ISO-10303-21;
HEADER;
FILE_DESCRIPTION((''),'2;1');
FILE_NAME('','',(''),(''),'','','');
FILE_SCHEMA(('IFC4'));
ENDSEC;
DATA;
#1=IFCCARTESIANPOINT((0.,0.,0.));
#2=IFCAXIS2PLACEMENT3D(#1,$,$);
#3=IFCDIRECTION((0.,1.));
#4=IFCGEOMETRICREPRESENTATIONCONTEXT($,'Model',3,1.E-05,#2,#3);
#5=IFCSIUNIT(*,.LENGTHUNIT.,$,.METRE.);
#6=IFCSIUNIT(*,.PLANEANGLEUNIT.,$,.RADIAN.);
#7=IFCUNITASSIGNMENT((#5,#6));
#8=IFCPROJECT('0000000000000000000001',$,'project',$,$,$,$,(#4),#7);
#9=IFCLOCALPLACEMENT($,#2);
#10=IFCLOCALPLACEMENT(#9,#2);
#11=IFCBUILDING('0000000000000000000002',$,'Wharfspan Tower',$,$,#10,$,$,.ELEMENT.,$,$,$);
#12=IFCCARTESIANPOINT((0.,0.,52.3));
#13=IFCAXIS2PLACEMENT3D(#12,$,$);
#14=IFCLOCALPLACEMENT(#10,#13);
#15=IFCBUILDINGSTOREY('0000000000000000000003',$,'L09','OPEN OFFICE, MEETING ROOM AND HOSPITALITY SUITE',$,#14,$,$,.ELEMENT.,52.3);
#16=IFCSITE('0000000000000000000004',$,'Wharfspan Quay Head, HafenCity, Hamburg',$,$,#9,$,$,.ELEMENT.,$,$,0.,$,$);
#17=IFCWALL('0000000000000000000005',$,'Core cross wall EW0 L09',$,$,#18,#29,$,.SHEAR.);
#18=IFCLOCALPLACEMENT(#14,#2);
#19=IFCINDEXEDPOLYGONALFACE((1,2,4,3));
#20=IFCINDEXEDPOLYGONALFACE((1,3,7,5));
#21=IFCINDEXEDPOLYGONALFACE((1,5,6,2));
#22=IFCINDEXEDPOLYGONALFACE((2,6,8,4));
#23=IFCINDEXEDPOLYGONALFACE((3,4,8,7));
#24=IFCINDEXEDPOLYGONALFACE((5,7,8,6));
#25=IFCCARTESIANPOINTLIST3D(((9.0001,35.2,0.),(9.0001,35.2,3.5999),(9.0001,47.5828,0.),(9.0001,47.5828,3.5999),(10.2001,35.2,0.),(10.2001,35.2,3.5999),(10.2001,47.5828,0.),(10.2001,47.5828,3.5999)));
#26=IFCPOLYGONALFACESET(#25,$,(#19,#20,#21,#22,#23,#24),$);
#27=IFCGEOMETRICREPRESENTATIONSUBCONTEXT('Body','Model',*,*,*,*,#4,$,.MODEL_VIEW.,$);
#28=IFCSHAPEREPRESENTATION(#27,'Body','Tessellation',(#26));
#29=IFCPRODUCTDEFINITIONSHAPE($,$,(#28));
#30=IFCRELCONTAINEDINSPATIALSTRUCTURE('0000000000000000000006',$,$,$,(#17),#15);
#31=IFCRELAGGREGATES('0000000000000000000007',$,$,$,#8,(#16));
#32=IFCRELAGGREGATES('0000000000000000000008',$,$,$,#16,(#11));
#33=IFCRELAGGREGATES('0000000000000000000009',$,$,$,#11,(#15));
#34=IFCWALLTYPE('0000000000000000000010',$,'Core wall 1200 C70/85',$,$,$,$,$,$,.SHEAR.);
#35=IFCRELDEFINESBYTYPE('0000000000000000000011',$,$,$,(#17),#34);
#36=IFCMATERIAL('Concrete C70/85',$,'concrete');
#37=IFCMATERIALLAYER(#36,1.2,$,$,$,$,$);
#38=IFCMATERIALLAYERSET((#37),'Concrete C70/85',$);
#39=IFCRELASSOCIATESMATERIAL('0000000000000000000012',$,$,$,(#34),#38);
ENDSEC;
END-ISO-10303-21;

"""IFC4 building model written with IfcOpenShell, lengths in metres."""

from ifc_helpers import new_model, si_unit, direction, frame, frame_2d, origin, place, context, subcontext, project, spatial, rectangle, extrude, material, layer, layer_set, type_object, element, save


model = new_model("IFC4")

# Units and contexts
model_context = context("Model", 3, precision=1e-05, world=origin(), true_north=direction((0.0, 1.0)))
body_context = subcontext(model_context, "Body", "Model", "MODEL_VIEW")
ifc_project = project(units=[si_unit("LENGTHUNIT", "METRE"), si_unit("PLANEANGLEUNIT", "RADIAN")], contexts=[model_context])

# Site, building, storey
site_placement = place(None, origin())
site = spatial("IfcSite", under=ifc_project, at=site_placement, Name="Wharfspan Quay Head, HafenCity, Hamburg", CompositionType="ELEMENT", RefElevation=0.0)
building_placement = place(site_placement, origin())
building = spatial("IfcBuilding", under=site, at=building_placement, Name="Wharfspan Tower", CompositionType="ELEMENT")
storey_placement = place(building_placement, frame((0.0, 0.0, 52.3)))
storey = spatial("IfcBuildingStorey", under=building, at=storey_placement, Name="L09", Description="OPEN OFFICE, MEETING ROOM AND HOSPITALITY SUITE", CompositionType="ELEMENT", Elevation=52.3)

# Shared definitions
ifc_material_1 = material(Name="Concrete C70/85", Category="concrete")
ifc_layer = layer(ifc_material_1, 1.2)
ifc_layer_set = layer_set([ifc_layer], Name="Concrete C70/85")
wall_type = type_object("IfcWallType", Name="Core wall 1200 C70/85", PredefinedType="SHEAR", material=ifc_layer_set)

# Wall
wall_1_placement = place(storey_placement, frame((9.6001, 35.2, 0.0), z_axis=(0.0, 0.0, 1.0), x_axis=(0.0, 1.0, 0.0)))
element("IfcWall", 1, at=wall_1_placement, inside=storey, type_object=wall_type, Name="Core cross wall EW0 L09", PredefinedType="SHEAR", context=body_context, shape_type="SweptSolid", body=[
    extrude(rectangle(XDim=12.3828, YDim=1.2, at=frame_2d((6.1914, 0.0))), origin(), (0.0, 0.0, 1.0), 3.5999),
])

save(model, "model.ifc")
